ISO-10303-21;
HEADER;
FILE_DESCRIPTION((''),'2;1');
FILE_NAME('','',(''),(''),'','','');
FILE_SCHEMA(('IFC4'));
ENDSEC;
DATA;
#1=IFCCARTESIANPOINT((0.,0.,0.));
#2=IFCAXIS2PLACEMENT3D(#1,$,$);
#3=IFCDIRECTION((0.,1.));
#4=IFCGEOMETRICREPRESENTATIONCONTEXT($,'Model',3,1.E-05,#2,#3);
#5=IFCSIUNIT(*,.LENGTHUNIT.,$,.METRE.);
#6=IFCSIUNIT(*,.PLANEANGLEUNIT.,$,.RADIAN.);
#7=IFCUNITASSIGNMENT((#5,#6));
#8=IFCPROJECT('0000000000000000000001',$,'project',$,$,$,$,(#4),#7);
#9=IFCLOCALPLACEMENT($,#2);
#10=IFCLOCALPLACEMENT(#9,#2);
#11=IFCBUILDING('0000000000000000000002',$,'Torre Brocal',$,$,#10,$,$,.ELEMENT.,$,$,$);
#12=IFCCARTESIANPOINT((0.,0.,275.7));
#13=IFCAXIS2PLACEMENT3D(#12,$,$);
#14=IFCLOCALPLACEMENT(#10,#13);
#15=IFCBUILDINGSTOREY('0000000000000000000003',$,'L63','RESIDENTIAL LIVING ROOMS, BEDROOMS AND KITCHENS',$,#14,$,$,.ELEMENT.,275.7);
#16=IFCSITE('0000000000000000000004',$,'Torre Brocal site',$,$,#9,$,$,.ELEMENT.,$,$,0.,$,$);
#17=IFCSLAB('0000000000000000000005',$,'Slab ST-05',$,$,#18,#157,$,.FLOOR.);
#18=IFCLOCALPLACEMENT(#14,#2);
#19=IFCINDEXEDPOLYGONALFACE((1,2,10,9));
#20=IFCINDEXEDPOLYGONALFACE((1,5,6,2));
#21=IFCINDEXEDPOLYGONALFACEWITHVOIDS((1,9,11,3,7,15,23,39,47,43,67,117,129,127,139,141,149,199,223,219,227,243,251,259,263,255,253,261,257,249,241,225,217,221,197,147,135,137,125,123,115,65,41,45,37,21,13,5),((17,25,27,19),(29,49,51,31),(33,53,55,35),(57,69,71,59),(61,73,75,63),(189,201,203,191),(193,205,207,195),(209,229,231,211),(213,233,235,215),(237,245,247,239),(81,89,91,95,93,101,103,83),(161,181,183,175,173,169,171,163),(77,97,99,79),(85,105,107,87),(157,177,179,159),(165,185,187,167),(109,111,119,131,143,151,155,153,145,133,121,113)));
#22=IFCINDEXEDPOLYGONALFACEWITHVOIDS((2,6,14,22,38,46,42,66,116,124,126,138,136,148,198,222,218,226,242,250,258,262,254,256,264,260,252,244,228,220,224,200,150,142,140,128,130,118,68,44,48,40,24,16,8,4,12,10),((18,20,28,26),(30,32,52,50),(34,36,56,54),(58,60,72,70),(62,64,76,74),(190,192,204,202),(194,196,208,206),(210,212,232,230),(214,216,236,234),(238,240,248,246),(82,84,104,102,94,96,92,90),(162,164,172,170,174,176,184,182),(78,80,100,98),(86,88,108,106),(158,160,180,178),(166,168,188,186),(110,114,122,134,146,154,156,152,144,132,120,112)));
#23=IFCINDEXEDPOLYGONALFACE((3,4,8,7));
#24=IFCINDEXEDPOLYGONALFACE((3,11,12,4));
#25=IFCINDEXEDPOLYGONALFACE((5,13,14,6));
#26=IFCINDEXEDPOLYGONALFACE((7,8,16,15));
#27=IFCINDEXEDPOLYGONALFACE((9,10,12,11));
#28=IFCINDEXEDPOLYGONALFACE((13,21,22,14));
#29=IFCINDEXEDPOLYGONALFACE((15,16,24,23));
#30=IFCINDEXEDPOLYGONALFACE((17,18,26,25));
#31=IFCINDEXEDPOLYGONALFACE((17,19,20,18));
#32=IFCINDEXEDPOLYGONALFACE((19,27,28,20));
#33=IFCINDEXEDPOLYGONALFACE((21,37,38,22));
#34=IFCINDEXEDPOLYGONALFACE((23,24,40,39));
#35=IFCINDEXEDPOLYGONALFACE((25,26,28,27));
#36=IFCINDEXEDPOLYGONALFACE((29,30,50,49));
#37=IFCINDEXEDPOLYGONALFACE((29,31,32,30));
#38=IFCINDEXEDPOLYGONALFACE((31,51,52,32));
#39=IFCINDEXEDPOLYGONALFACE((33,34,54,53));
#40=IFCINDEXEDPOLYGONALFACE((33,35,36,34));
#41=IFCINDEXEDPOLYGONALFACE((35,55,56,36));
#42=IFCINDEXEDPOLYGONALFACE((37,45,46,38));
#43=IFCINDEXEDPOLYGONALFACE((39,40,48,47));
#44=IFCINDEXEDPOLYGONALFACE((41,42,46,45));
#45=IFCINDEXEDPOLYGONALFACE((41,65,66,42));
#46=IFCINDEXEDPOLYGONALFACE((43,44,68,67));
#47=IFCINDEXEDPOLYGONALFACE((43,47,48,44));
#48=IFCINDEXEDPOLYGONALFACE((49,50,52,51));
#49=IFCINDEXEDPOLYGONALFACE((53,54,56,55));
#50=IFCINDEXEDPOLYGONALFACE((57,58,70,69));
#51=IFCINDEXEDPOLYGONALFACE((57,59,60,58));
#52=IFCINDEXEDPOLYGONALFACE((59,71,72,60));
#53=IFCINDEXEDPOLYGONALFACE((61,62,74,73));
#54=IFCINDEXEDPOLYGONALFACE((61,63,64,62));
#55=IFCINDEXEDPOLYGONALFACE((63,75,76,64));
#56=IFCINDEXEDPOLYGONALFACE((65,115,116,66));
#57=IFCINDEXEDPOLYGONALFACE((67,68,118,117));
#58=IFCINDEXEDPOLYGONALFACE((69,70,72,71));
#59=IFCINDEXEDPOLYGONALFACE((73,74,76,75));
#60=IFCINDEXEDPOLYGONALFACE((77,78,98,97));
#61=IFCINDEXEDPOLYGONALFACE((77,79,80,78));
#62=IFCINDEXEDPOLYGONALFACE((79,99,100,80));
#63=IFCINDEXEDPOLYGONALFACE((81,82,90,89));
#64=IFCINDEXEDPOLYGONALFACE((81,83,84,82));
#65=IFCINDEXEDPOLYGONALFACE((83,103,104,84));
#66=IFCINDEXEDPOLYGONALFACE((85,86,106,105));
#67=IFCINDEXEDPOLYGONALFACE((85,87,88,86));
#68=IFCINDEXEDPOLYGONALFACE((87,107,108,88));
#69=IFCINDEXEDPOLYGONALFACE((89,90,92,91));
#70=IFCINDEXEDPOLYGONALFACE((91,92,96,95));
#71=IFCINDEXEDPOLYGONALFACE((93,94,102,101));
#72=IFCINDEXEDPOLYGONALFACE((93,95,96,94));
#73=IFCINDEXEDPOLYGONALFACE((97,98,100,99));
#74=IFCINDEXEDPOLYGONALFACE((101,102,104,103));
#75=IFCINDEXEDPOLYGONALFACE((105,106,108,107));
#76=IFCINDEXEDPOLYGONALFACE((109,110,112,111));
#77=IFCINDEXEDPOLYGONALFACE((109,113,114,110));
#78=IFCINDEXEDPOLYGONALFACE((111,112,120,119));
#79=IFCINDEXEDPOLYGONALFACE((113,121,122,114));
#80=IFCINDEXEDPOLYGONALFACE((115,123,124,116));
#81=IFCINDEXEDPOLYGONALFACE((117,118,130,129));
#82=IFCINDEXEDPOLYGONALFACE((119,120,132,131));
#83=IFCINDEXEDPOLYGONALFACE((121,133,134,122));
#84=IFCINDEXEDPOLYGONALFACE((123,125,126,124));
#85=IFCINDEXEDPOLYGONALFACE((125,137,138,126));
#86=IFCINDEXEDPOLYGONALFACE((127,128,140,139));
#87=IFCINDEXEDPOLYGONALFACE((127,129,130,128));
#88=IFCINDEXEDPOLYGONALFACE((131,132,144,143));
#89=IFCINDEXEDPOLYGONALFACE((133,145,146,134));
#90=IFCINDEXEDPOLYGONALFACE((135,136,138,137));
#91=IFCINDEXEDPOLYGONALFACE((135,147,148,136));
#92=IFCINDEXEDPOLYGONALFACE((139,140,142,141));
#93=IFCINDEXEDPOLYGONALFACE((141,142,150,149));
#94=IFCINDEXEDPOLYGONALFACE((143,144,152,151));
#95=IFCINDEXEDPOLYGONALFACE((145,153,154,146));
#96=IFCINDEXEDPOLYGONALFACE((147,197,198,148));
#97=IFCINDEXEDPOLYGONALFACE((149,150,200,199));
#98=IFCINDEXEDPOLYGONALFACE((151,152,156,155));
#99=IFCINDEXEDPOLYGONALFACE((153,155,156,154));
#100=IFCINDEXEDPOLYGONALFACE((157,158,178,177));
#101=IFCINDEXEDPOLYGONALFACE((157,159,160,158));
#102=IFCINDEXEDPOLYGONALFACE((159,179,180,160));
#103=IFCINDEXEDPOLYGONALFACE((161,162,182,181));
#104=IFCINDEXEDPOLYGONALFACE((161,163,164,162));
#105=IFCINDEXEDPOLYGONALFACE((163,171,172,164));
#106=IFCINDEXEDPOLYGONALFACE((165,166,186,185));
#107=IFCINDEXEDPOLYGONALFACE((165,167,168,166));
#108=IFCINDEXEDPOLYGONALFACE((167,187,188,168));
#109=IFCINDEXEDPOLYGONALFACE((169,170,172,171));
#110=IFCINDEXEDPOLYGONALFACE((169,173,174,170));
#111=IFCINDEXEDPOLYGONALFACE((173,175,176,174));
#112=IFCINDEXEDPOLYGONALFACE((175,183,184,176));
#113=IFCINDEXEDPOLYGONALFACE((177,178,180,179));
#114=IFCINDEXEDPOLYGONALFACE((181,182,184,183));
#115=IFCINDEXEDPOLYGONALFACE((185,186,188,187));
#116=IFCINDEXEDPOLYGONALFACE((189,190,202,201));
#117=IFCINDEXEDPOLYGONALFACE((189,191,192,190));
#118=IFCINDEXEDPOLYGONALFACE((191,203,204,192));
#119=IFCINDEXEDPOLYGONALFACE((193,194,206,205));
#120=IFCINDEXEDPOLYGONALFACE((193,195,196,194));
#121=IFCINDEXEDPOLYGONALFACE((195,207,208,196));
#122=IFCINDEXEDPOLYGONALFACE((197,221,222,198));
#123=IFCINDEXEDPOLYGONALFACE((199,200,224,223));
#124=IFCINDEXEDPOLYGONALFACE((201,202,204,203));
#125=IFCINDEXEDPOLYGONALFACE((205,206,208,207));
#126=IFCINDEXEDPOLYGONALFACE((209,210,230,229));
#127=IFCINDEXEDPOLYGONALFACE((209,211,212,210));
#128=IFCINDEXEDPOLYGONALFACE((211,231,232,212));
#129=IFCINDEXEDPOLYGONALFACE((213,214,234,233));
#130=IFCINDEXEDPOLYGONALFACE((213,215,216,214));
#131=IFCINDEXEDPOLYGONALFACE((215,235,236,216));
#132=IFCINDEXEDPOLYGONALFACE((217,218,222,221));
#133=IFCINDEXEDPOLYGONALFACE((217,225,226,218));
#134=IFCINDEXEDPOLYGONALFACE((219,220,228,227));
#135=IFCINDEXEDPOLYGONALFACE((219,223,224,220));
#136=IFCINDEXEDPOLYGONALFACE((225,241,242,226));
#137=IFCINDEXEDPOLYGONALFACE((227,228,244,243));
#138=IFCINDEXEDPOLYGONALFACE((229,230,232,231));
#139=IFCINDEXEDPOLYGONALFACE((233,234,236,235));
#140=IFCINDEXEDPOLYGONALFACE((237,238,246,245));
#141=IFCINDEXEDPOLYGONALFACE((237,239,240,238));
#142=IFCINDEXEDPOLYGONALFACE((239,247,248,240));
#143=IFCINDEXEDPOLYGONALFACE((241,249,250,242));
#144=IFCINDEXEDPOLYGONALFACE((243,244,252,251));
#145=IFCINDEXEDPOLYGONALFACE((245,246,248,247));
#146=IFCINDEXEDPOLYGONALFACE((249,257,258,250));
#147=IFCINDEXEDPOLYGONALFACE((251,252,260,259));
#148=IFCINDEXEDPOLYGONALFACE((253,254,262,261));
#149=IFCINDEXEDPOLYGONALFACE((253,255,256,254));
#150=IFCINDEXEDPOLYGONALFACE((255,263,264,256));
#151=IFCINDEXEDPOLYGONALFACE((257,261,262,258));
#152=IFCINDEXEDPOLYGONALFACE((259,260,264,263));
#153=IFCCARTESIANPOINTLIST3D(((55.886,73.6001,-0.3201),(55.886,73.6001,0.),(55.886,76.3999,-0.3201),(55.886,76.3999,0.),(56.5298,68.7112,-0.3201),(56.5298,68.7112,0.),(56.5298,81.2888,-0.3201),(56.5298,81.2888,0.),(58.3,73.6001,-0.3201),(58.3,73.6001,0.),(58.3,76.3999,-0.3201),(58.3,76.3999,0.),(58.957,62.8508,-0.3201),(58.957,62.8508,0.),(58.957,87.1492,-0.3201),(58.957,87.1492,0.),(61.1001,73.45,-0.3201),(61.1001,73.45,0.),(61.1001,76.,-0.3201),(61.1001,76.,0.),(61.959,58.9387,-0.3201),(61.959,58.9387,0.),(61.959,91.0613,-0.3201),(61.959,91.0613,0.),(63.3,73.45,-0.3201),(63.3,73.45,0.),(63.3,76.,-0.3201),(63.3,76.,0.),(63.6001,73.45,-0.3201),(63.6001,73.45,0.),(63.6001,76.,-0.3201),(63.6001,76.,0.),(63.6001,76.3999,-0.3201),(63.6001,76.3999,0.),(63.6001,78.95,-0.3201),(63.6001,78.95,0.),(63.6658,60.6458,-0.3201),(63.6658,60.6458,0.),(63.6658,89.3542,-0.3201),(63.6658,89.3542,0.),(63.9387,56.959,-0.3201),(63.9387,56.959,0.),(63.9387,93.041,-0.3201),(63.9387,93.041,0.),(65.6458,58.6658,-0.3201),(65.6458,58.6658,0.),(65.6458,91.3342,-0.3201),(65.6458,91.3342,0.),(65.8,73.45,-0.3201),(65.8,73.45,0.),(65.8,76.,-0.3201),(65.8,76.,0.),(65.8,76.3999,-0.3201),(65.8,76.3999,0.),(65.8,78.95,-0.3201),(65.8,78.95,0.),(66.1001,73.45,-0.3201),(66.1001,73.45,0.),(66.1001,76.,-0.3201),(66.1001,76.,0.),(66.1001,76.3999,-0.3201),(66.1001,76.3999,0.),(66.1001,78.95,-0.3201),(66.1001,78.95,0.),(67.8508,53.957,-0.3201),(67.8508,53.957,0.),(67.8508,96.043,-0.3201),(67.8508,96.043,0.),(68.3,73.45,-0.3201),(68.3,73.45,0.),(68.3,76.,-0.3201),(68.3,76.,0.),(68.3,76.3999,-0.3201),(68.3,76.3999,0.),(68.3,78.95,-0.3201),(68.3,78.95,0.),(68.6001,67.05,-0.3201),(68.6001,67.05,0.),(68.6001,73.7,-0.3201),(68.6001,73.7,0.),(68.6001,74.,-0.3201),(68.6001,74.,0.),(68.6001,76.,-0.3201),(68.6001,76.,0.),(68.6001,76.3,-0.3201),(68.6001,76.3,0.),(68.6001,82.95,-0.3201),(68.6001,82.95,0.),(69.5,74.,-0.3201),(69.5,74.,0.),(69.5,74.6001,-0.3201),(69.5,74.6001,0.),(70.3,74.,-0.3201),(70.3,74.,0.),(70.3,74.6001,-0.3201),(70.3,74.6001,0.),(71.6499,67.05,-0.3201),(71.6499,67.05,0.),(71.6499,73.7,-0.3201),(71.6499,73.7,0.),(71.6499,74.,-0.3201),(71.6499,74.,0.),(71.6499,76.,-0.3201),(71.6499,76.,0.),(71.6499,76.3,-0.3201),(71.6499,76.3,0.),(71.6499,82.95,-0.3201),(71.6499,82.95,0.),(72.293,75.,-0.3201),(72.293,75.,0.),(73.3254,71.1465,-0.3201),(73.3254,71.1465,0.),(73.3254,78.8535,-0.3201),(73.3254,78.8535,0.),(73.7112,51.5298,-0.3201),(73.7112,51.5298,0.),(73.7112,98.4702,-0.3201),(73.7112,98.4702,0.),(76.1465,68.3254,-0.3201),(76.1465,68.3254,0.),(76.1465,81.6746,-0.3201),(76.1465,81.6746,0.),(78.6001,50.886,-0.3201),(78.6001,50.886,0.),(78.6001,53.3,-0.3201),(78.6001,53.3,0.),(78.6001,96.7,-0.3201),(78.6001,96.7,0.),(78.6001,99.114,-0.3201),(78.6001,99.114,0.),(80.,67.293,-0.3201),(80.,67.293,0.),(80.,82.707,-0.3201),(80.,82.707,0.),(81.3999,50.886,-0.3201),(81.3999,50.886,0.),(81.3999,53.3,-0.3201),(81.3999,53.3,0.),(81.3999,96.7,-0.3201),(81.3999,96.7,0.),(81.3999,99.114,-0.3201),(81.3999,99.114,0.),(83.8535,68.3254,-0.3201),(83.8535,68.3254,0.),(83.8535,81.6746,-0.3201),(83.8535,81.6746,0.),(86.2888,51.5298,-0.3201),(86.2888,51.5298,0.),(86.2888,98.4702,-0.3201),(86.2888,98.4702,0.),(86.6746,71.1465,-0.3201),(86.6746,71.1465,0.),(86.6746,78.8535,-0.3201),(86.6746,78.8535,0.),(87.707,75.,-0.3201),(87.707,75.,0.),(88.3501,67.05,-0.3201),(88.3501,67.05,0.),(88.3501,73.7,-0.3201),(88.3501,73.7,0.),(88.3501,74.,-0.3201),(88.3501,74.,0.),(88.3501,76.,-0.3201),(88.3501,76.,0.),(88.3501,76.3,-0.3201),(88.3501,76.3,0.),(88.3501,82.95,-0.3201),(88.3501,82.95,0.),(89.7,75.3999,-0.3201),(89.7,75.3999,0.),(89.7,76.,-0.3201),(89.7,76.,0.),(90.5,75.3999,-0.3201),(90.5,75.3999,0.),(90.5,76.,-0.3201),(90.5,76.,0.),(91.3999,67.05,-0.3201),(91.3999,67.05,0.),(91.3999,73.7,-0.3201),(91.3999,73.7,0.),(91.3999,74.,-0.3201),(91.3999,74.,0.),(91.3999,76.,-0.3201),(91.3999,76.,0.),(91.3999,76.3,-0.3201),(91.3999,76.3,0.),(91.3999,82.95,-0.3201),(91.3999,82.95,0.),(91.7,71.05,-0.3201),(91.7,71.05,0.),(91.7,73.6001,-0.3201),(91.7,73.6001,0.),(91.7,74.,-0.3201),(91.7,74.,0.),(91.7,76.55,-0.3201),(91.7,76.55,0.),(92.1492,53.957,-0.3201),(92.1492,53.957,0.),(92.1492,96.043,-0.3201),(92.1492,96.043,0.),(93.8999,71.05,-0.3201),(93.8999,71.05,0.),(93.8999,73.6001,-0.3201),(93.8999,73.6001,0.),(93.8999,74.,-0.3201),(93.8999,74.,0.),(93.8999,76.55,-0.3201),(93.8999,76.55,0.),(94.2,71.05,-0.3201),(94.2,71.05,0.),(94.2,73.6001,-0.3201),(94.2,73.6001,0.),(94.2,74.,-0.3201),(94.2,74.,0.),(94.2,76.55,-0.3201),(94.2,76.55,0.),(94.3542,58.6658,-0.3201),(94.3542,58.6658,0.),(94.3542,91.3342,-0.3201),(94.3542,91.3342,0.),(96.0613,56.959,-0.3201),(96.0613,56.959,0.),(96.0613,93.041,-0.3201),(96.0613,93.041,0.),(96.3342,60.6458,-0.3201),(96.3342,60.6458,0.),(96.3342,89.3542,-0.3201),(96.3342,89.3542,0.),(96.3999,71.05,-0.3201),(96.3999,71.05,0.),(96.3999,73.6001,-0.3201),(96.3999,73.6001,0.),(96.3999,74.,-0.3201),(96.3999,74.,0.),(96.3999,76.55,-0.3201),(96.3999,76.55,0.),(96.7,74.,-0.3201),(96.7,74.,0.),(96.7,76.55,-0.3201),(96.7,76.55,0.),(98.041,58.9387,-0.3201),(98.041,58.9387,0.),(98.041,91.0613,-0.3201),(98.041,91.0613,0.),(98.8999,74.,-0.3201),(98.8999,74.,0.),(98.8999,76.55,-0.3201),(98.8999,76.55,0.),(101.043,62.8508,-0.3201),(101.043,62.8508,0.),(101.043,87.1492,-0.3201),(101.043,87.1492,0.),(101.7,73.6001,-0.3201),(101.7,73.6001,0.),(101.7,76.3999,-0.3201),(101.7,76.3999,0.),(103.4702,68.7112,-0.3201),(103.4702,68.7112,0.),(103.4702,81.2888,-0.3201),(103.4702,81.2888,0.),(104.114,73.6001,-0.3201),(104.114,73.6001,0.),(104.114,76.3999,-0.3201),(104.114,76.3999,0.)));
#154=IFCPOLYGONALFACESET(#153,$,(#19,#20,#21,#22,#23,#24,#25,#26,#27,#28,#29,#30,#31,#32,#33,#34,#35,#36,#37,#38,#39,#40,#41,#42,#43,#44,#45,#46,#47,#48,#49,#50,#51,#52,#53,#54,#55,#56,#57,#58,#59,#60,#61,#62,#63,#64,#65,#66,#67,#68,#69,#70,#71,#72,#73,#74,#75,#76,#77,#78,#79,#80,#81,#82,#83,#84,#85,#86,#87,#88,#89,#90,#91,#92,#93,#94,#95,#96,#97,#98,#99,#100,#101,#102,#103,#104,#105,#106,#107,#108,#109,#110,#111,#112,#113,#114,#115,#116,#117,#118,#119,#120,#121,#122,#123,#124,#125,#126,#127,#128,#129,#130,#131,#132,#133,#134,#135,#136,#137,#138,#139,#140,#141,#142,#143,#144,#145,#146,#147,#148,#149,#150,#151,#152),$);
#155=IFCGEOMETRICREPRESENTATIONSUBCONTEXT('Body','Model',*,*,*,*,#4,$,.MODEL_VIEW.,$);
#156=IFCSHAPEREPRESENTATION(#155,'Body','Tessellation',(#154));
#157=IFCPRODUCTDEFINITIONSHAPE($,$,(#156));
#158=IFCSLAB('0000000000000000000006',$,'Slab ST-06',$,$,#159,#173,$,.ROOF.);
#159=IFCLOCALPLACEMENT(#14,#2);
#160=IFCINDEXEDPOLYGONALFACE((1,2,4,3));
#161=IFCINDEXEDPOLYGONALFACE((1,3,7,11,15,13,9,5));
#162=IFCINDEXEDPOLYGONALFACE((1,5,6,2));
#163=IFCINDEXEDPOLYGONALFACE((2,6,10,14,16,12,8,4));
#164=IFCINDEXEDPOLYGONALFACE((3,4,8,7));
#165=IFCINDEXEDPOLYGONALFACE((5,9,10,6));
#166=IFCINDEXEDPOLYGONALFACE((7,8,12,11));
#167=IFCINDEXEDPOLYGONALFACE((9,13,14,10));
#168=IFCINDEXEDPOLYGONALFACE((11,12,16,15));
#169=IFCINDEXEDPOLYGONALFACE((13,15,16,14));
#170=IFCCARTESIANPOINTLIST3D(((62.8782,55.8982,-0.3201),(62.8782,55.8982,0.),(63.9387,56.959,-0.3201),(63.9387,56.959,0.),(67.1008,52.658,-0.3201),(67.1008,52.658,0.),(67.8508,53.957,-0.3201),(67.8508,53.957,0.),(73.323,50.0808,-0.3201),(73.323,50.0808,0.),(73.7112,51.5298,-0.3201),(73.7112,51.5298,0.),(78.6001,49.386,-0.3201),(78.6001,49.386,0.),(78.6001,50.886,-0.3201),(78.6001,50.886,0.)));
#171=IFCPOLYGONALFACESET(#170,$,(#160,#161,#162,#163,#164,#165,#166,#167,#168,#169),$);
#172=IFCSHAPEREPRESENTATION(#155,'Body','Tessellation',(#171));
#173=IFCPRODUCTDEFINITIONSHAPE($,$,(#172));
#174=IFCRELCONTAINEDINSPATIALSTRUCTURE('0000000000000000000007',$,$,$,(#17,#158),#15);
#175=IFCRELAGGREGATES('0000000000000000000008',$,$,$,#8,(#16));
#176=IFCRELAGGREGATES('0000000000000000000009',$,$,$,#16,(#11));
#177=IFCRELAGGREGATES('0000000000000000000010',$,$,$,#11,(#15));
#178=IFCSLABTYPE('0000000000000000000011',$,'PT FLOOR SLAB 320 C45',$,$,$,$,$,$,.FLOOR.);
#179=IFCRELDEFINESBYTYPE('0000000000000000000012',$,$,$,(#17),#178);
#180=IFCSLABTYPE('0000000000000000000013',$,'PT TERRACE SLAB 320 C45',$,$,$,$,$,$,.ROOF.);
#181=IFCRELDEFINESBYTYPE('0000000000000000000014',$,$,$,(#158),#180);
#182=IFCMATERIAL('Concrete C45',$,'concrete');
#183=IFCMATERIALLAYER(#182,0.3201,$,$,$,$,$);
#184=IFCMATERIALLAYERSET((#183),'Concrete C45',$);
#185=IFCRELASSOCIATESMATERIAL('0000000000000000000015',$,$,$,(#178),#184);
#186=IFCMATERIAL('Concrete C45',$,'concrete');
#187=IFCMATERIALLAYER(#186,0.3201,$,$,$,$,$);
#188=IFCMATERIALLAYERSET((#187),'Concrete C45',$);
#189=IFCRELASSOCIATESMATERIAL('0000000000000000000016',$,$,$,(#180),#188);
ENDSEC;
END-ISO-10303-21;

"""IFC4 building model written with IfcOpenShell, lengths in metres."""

from ifc_helpers import new_model, si_unit, direction, frame, origin, place, context, subcontext, project, spatial, polyline, outline, extrude, material, layer, layer_set, type_object, element, save


model = new_model("IFC4")

# Units and contexts
model_context = context("Model", 3, precision=1e-05, world=origin(), true_north=direction((0.0, 1.0)))
body_context = subcontext(model_context, "Body", "Model", "MODEL_VIEW")
ifc_project = project(units=[si_unit("LENGTHUNIT", "METRE"), si_unit("PLANEANGLEUNIT", "RADIAN")], contexts=[model_context])

# Site, building, storey
site_placement = place(None, origin())
site = spatial("IfcSite", under=ifc_project, at=site_placement, Name="Torre Brocal site", CompositionType="ELEMENT", RefElevation=0.0)
building_placement = place(site_placement, origin())
building = spatial("IfcBuilding", under=site, at=building_placement, Name="Torre Brocal", CompositionType="ELEMENT")
storey_placement = place(building_placement, frame((0.0, 0.0, 275.7)))
storey = spatial("IfcBuildingStorey", under=building, at=storey_placement, Name="L63", Description="RESIDENTIAL LIVING ROOMS, BEDROOMS AND KITCHENS", CompositionType="ELEMENT", Elevation=275.7)

# Slabs
ifc_material_1 = material(Name="Concrete C45", Category="concrete")
ifc_layer_1 = layer(ifc_material_1, 0.3201)
ifc_layer_set_1 = layer_set([ifc_layer_1], Name="Concrete C45")
slab_type_1 = type_object("IfcSlabType", Name="PT FLOOR SLAB 320 C45", PredefinedType="FLOOR", material=ifc_layer_set_1)
slab_1_placement = place(storey_placement, frame((0.0, 0.0, -0.3201)))
element("IfcSlab", 1, at=slab_1_placement, inside=storey, type_object=slab_type_1, Name="Slab ST-05", PredefinedType="FLOOR", context=body_context, shape_type="SweptSolid", body=[
    extrude(outline(polyline([(101.7, 76.3999), (101.7, 73.6001), (104.114, 73.6001), (103.4702, 68.7112), (101.043, 62.8508), (98.041, 58.9387), (96.3342, 60.6458), (94.3542, 58.6658), (96.0613, 56.959), (92.1492, 53.957), (86.2888, 51.5298), (81.3999, 50.886), (81.3999, 53.3), (78.6001, 53.3), (78.6001, 50.886), (73.7112, 51.5298), (67.8508, 53.957), (63.9387, 56.959), (65.6458, 58.6658), (63.6658, 60.6458), (61.959, 58.9387), (58.957, 62.8508), (56.5298, 68.7112), (55.886, 73.6001), (58.3, 73.6001), (58.3, 76.3999), (55.886, 76.3999), (56.5298, 81.2888), (58.957, 87.1492), (61.959, 91.0613), (63.6658, 89.3542), (65.6458, 91.3342), (63.9387, 93.041), (67.8508, 96.043), (73.7112, 98.4702), (78.6001, 99.114), (78.6001, 96.7), (81.3999, 96.7), (81.3999, 99.114), (86.2888, 98.4702), (92.1492, 96.043), (96.0613, 93.041), (94.3542, 91.3342), (96.3342, 89.3542), (98.041, 91.0613), (101.043, 87.1492), (103.4702, 81.2888), (104.114, 76.3999), (101.7, 76.3999)]), holes=[polyline([(98.8999, 76.55), (96.7, 76.55), (96.7, 74.0), (98.8999, 74.0), (98.8999, 76.55)]), polyline([(96.3999, 76.55), (94.2, 76.55), (94.2, 74.0), (96.3999, 74.0), (96.3999, 76.55)]), polyline([(96.3999, 73.6001), (94.2, 73.6001), (94.2, 71.05), (96.3999, 71.05), (96.3999, 73.6001)]), polyline([(93.8999, 76.55), (91.7, 76.55), (91.7, 74.0), (93.8999, 74.0), (93.8999, 76.55)]), polyline([(93.8999, 73.6001), (91.7, 73.6001), (91.7, 71.05), (93.8999, 71.05), (93.8999, 73.6001)]), polyline([(89.7, 76.0), (88.3501, 76.0), (88.3501, 74.0), (91.3999, 74.0), (91.3999, 76.0), (90.5, 76.0), (90.5, 75.3999), (89.7, 75.3999), (89.7, 76.0)]), polyline([(91.3999, 82.95), (88.3501, 82.95), (88.3501, 76.3), (91.3999, 76.3), (91.3999, 82.95)]), polyline([(91.3999, 73.7), (88.3501, 73.7), (88.3501, 67.05), (91.3999, 67.05), (91.3999, 73.7)]), polyline([(80.0, 82.707), (76.1465, 81.6746), (73.3254, 78.8535), (72.293, 75.0), (73.3254, 71.1465), (76.1465, 68.3254), (80.0, 67.293), (83.8535, 68.3254), (86.6746, 71.1465), (87.707, 75.0), (86.6746, 78.8535), (83.8535, 81.6746), (80.0, 82.707)]), polyline([(70.3, 74.0), (71.6499, 74.0), (71.6499, 76.0), (68.6001, 76.0), (68.6001, 74.0), (69.5, 74.0), (69.5, 74.6001), (70.3, 74.6001), (70.3, 74.0)]), polyline([(68.6001, 76.3), (71.6499, 76.3), (71.6499, 82.95), (68.6001, 82.95), (68.6001, 76.3)]), polyline([(68.6001, 67.05), (71.6499, 67.05), (71.6499, 73.7), (68.6001, 73.7), (68.6001, 67.05)]), polyline([(66.1001, 76.3999), (68.3, 76.3999), (68.3, 78.95), (66.1001, 78.95), (66.1001, 76.3999)]), polyline([(66.1001, 73.45), (68.3, 73.45), (68.3, 76.0), (66.1001, 76.0), (66.1001, 73.45)]), polyline([(63.6001, 76.3999), (65.8, 76.3999), (65.8, 78.95), (63.6001, 78.95), (63.6001, 76.3999)]), polyline([(63.6001, 73.45), (65.8, 73.45), (65.8, 76.0), (63.6001, 76.0), (63.6001, 73.45)]), polyline([(61.1001, 73.45), (63.3, 73.45), (63.3, 76.0), (61.1001, 76.0), (61.1001, 73.45)])]), origin(), (0.0, 0.0, 1.0), 0.3201),
])
ifc_material_2 = material(Name="Concrete C45", Category="concrete")
ifc_layer_2 = layer(ifc_material_2, 0.3201)
ifc_layer_set_2 = layer_set([ifc_layer_2], Name="Concrete C45")
slab_type_2 = type_object("IfcSlabType", Name="PT TERRACE SLAB 320 C45", PredefinedType="ROOF", material=ifc_layer_set_2)
slab_2_placement = place(storey_placement, frame((0.0, 0.0, -0.3201)))
element("IfcSlab", 2, at=slab_2_placement, inside=storey, type_object=slab_type_2, Name="Slab ST-06", PredefinedType="ROOF", context=body_context, shape_type="SweptSolid", body=[
    extrude(outline(polyline([(73.7112, 51.5298), (78.6001, 50.886), (78.6001, 49.386), (73.323, 50.0808), (67.1008, 52.658), (62.8782, 55.8982), (63.9387, 56.959), (67.8508, 53.957), (73.7112, 51.5298)])), origin(), (0.0, 0.0, 1.0), 0.3201),
])

save(model, "model.ifc")
